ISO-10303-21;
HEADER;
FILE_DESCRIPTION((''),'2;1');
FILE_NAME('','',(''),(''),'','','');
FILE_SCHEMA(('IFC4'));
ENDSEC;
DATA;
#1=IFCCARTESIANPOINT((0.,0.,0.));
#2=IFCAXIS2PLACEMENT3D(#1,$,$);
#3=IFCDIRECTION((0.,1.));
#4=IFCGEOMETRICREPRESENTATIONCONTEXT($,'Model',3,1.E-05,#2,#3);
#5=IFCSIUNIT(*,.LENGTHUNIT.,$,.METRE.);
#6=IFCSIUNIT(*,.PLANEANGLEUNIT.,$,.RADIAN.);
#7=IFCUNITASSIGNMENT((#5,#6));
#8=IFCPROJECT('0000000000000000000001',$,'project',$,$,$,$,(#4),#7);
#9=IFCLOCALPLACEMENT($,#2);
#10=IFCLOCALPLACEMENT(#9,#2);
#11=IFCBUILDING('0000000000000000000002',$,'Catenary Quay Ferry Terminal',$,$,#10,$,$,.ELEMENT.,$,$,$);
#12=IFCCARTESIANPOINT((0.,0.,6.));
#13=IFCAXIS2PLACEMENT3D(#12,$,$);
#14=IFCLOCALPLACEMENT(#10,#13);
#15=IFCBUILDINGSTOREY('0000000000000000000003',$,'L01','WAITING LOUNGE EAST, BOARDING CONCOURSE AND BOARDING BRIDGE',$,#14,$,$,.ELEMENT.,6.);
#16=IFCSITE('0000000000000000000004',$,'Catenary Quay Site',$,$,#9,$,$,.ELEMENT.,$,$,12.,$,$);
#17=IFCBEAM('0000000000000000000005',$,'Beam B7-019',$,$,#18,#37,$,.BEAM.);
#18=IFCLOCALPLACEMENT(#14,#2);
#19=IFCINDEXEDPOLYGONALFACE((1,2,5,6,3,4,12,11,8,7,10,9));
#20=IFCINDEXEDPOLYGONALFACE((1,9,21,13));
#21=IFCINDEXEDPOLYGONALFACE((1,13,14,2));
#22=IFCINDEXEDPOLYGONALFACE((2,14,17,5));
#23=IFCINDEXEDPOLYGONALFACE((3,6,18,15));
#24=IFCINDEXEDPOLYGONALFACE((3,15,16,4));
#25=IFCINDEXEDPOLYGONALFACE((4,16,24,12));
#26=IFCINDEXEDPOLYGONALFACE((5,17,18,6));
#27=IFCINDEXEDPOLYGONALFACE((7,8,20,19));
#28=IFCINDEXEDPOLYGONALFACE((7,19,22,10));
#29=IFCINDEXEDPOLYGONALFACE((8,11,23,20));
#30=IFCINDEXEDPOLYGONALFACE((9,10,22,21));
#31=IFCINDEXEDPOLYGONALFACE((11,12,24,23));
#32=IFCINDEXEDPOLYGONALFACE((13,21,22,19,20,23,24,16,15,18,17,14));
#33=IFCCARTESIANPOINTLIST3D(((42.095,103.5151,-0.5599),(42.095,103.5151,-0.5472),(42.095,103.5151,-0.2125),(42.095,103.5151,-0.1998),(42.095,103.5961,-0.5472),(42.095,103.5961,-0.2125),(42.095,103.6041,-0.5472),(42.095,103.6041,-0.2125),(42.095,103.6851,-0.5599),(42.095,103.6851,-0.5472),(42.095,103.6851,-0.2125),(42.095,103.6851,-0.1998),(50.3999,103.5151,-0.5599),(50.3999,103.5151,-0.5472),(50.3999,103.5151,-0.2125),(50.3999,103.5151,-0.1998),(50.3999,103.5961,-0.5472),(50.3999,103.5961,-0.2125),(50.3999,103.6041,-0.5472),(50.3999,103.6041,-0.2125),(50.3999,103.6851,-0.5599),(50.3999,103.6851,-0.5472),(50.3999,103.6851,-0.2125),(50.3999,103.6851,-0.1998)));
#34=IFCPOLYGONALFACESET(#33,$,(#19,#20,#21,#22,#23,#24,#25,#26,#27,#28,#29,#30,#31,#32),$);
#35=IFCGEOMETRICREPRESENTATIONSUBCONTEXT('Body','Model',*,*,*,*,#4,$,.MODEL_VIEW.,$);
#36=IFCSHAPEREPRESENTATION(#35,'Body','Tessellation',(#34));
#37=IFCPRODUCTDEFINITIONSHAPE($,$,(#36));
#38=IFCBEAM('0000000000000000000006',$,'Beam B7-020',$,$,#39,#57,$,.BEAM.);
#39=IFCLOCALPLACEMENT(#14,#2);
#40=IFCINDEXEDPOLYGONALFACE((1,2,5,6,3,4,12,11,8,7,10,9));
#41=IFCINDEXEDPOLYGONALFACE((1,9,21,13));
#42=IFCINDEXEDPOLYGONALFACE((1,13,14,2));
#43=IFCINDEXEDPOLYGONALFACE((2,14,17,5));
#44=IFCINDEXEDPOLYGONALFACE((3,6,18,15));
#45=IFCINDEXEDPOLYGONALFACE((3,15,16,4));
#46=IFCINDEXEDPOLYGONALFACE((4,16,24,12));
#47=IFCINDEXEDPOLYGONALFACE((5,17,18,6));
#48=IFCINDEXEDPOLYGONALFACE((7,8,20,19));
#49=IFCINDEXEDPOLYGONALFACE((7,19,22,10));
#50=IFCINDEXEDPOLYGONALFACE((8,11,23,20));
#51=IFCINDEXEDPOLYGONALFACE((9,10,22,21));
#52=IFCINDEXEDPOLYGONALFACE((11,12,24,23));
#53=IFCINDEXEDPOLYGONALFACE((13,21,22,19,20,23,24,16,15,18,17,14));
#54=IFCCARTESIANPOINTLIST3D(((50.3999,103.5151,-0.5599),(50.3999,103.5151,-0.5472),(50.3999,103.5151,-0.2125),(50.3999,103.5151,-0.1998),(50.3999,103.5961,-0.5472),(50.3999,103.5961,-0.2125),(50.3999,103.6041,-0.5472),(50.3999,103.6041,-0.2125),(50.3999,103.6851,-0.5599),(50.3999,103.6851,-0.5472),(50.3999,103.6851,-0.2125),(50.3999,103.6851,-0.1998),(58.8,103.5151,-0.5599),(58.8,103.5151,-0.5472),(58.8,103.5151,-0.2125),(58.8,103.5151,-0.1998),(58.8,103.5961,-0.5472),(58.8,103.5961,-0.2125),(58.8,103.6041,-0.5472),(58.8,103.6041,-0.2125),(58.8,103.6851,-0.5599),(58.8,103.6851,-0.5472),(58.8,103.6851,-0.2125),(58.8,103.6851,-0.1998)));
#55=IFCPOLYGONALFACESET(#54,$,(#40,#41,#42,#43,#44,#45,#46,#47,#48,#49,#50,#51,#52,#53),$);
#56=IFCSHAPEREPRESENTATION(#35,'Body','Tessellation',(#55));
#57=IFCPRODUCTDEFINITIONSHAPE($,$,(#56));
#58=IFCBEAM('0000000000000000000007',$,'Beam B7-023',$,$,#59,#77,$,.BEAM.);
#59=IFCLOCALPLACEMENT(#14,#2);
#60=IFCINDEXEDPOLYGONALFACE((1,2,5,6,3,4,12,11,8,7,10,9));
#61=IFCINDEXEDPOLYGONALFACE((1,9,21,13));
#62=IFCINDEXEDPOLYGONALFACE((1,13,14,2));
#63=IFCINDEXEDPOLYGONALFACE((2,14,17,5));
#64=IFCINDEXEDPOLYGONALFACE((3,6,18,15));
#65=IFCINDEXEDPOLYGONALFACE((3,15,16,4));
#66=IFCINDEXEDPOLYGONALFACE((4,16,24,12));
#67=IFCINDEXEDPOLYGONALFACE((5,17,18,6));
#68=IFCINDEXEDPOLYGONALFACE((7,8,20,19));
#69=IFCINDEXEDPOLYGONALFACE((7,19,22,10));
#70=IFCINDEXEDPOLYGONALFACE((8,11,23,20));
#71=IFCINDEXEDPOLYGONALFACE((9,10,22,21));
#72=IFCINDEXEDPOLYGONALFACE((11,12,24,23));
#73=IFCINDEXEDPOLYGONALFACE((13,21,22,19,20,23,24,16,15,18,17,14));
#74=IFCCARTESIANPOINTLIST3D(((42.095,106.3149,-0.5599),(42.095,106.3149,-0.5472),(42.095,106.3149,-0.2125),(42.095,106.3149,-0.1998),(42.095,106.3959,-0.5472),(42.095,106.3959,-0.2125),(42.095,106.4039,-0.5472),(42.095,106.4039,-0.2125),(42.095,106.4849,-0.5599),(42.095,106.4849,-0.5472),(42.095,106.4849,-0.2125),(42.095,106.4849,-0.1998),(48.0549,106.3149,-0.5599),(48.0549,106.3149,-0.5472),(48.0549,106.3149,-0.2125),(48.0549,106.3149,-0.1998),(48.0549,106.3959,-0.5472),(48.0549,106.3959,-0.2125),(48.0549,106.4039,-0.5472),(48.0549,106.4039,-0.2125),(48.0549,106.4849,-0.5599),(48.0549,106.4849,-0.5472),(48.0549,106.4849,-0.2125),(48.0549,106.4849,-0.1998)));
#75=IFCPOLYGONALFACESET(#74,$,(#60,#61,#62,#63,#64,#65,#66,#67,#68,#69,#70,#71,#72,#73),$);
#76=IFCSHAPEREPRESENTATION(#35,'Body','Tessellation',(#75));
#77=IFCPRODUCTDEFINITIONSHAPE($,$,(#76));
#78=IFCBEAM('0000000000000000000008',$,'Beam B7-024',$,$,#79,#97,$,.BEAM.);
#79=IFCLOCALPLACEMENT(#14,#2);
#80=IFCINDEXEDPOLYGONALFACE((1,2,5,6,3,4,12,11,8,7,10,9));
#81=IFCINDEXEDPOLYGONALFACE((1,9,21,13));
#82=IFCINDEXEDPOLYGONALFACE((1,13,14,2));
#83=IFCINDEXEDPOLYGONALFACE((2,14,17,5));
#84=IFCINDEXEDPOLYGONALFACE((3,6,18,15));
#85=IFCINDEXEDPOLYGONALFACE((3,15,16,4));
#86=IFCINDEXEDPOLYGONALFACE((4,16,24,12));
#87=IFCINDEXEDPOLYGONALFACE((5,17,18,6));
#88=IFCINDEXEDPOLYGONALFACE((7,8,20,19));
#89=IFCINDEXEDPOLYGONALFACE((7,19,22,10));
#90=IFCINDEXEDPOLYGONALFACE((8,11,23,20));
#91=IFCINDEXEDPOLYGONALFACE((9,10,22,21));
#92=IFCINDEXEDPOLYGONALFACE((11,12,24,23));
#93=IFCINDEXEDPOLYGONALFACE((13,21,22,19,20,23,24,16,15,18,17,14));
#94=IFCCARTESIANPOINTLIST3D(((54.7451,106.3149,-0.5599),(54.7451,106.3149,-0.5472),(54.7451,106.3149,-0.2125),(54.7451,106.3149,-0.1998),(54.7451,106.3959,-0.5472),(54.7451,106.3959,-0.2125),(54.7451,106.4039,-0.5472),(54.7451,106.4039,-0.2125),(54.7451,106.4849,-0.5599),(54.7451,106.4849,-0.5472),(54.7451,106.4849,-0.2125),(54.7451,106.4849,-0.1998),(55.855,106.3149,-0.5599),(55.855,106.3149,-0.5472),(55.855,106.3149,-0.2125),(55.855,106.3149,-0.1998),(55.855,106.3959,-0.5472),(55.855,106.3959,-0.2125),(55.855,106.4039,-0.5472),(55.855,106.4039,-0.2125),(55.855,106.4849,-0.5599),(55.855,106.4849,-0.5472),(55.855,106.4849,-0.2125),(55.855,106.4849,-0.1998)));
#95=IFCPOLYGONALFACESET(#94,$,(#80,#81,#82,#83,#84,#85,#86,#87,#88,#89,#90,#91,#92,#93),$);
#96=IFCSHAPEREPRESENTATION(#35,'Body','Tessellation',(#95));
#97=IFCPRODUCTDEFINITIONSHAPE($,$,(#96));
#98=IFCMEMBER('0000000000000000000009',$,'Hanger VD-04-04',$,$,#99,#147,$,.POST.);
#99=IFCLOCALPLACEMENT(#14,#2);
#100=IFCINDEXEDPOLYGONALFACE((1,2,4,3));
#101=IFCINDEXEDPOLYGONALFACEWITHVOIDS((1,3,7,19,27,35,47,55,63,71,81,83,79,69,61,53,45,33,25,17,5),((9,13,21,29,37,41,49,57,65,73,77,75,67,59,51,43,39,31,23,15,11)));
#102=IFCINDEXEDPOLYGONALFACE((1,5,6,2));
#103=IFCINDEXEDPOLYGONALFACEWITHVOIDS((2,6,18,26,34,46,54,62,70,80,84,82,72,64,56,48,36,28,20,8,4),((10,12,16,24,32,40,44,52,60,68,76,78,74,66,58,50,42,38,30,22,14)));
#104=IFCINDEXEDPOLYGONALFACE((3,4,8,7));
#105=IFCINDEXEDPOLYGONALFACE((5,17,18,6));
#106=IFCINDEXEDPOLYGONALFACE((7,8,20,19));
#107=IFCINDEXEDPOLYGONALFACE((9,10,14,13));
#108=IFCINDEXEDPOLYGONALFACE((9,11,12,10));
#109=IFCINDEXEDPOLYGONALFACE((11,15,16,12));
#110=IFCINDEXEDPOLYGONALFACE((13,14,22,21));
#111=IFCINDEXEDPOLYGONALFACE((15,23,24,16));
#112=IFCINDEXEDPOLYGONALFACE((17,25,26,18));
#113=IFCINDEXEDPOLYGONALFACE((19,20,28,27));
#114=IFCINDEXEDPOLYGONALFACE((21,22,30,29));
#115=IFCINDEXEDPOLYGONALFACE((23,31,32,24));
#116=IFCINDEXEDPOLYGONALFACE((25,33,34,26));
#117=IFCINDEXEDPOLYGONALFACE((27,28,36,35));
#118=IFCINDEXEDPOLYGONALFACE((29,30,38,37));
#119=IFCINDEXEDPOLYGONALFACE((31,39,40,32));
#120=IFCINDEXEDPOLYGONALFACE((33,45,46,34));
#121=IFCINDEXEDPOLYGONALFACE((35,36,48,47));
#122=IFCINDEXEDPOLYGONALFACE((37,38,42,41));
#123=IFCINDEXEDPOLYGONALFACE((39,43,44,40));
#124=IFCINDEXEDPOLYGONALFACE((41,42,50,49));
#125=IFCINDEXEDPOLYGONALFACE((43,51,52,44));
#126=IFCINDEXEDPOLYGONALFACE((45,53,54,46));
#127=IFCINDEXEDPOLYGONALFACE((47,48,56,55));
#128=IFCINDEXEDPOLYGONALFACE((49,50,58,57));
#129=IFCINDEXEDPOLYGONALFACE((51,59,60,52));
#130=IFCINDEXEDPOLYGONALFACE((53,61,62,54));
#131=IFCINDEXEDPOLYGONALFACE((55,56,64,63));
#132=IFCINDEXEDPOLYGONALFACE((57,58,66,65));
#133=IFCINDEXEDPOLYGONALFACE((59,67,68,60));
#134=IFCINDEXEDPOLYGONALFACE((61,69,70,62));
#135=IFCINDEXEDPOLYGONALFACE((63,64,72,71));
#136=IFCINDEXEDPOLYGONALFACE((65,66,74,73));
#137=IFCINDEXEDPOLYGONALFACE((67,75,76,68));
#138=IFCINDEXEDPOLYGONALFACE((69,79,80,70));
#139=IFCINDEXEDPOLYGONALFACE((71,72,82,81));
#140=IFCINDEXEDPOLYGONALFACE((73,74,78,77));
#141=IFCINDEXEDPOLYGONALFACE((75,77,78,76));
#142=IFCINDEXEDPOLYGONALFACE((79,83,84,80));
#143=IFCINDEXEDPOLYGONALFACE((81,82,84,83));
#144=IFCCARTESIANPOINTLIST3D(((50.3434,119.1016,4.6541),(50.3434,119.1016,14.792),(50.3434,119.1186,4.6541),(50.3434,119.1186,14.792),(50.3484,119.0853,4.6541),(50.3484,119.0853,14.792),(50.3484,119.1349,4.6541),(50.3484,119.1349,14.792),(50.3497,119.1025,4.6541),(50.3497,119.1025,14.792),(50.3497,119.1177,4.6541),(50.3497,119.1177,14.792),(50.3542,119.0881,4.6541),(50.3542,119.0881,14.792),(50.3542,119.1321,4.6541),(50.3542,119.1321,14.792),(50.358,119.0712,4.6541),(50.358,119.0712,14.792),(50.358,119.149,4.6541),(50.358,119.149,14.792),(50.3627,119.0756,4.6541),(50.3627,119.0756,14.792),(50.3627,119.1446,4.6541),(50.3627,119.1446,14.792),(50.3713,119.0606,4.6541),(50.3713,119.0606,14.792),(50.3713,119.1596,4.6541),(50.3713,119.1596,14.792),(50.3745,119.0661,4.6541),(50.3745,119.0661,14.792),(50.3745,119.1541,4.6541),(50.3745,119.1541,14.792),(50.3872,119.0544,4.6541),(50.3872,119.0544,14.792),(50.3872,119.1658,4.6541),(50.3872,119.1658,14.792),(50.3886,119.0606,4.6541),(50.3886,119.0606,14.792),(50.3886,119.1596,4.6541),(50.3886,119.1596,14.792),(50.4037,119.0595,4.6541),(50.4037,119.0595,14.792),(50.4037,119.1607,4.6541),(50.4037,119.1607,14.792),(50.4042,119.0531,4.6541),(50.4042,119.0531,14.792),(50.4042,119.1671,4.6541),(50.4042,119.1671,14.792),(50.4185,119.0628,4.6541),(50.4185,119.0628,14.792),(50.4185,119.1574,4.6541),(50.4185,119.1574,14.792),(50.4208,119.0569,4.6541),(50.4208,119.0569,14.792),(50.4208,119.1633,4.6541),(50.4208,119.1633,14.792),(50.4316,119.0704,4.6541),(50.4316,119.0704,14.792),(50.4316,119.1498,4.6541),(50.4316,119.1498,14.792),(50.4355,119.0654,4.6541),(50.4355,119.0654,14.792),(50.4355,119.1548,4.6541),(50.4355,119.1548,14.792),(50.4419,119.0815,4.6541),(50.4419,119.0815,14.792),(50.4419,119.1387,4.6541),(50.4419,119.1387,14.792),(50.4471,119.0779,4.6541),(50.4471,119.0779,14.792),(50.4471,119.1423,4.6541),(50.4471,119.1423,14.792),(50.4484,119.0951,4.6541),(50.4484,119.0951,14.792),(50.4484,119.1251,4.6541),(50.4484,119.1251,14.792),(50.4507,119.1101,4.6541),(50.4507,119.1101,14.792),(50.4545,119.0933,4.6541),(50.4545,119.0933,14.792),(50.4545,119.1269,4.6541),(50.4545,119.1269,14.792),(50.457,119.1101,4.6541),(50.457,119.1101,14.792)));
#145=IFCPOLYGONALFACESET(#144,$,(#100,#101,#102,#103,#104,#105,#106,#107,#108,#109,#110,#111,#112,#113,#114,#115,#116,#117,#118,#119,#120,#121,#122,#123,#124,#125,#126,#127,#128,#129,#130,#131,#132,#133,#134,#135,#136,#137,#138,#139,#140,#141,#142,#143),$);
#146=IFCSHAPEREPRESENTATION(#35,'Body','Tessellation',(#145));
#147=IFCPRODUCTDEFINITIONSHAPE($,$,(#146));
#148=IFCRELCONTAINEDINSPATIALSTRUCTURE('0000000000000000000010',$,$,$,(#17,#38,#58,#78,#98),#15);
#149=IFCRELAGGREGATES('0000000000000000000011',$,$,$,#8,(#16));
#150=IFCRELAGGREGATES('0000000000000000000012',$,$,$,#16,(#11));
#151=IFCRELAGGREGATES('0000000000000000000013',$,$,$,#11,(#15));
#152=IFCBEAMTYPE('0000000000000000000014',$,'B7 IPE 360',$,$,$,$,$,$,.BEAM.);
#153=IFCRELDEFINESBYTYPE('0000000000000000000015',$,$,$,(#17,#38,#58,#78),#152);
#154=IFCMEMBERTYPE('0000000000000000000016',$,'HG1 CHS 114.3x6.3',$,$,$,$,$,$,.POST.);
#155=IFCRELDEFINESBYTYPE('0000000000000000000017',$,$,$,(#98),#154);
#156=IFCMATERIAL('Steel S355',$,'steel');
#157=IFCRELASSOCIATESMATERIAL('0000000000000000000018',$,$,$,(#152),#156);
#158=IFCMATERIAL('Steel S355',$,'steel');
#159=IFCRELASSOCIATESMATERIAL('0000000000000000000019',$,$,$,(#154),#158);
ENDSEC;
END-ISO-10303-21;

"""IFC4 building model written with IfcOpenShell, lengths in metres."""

from ifc_helpers import new_model, si_unit, direction, frame, origin, origin_2d, place, context, subcontext, project, spatial, hollow_circle, i_section, extrude, material, material_profile, profile_set, type_object, element, save


model = new_model("IFC4")

# Units and contexts
model_context = context("Model", 3, precision=1e-05, world=origin(), true_north=direction((0.0, 1.0)))
body_context = subcontext(model_context, "Body", "Model", "MODEL_VIEW")
ifc_project = project(units=[si_unit("LENGTHUNIT", "METRE"), si_unit("PLANEANGLEUNIT", "RADIAN")], contexts=[model_context])

# Site, building, storey
site_placement = place(None, origin())
site = spatial("IfcSite", under=ifc_project, at=site_placement, Name="Catenary Quay Site", CompositionType="ELEMENT", RefElevation=12.0)
building_placement = place(site_placement, origin())
building = spatial("IfcBuilding", under=site, at=building_placement, Name="Catenary Quay Ferry Terminal", CompositionType="ELEMENT")
storey_placement = place(building_placement, frame((0.0, 0.0, 6.0)))
storey = spatial("IfcBuildingStorey", under=building, at=storey_placement, Name="L01", Description="WAITING LOUNGE EAST, BOARDING CONCOURSE AND BOARDING BRIDGE", CompositionType="ELEMENT", Elevation=6.0)

# Beams
ifc_material_1 = material(Name="Steel S355", Category="steel")
ifc_material_profile_1 = material_profile(ifc_material_1, i_section(OverallWidth=0.1699, OverallDepth=0.3601, WebThickness=0.0081, FlangeThickness=0.0127, at=origin_2d()), Name="IPE 360")
ifc_profile_set_1 = profile_set([ifc_material_profile_1], Name="Steel S355")
beam_type_1 = type_object("IfcBeamType", Name="B7 IPE 360", PredefinedType="BEAM", material=ifc_profile_set_1)
beam_1_placement = place(storey_placement, frame((42.095, 103.6001, -0.3799), z_axis=(1.0, 0.0, 0.0), x_axis=(0.0, 1.0, 0.0)))
element("IfcBeam", 1, at=beam_1_placement, inside=storey, type_object=beam_type_1, Name="Beam B7-019", PredefinedType="BEAM", context=body_context, shape_type="SweptSolid", body=[
    extrude(i_section(OverallWidth=0.1699, OverallDepth=0.3601, WebThickness=0.0081, FlangeThickness=0.0127, at=origin_2d()), origin(), (0.0, 0.0, 1.0), 8.3049),
])
beam_2_placement = place(storey_placement, frame((50.3999, 103.6001, -0.3799), z_axis=(1.0, 0.0, 0.0), x_axis=(0.0, 1.0, 0.0)))
element("IfcBeam", 2, at=beam_2_placement, inside=storey, type_object=beam_type_1, Name="Beam B7-020", PredefinedType="BEAM", context=body_context, shape_type="SweptSolid", body=[
    extrude(i_section(OverallWidth=0.1699, OverallDepth=0.3601, WebThickness=0.0081, FlangeThickness=0.0127, at=origin_2d()), origin(), (0.0, 0.0, 1.0), 8.4001),
])
beam_3_placement = place(storey_placement, frame((42.095, 106.3999, -0.3799), z_axis=(1.0, 0.0, 0.0), x_axis=(0.0, 1.0, 0.0)))
element("IfcBeam", 3, at=beam_3_placement, inside=storey, type_object=beam_type_1, Name="Beam B7-023", PredefinedType="BEAM", context=body_context, shape_type="SweptSolid", body=[
    extrude(i_section(OverallWidth=0.1699, OverallDepth=0.3601, WebThickness=0.0081, FlangeThickness=0.0127, at=origin_2d()), origin(), (0.0, 0.0, 1.0), 5.96),
])
beam_4_placement = place(storey_placement, frame((54.7451, 106.3999, -0.3799), z_axis=(1.0, 0.0, 0.0), x_axis=(0.0, 1.0, 0.0)))
element("IfcBeam", 4, at=beam_4_placement, inside=storey, type_object=beam_type_1, Name="Beam B7-024", PredefinedType="BEAM", context=body_context, shape_type="SweptSolid", body=[
    extrude(i_section(OverallWidth=0.1699, OverallDepth=0.3601, WebThickness=0.0081, FlangeThickness=0.0127, at=origin_2d()), origin(), (0.0, 0.0, 1.0), 1.1099),
])

# Member
ifc_material_2 = material(Name="Steel S355", Category="steel")
ifc_material_profile_2 = material_profile(ifc_material_2, hollow_circle(Radius=0.0571, WallThickness=0.0063, at=origin_2d()), Name="CHS 114.3x6.3")
ifc_profile_set_2 = profile_set([ifc_material_profile_2], Name="Steel S355")
member_type = type_object("IfcMemberType", Name="HG1 CHS 114.3x6.3", PredefinedType="POST", material=ifc_profile_set_2)
member_placement = place(storey_placement, frame((50.3999, 119.1101, 4.6541), z_axis=(0.0, 0.0, 1.0), x_axis=(1.0, 0.0, 0.0)))
element("IfcMember", 5, at=member_placement, inside=storey, type_object=member_type, Name="Hanger VD-04-04", PredefinedType="POST", context=body_context, shape_type="SweptSolid", body=[
    extrude(hollow_circle(Radius=0.0571, WallThickness=0.0063, at=origin_2d()), origin(), (0.0, 0.0, 1.0), 10.1379),
])

save(model, "model.ifc")
